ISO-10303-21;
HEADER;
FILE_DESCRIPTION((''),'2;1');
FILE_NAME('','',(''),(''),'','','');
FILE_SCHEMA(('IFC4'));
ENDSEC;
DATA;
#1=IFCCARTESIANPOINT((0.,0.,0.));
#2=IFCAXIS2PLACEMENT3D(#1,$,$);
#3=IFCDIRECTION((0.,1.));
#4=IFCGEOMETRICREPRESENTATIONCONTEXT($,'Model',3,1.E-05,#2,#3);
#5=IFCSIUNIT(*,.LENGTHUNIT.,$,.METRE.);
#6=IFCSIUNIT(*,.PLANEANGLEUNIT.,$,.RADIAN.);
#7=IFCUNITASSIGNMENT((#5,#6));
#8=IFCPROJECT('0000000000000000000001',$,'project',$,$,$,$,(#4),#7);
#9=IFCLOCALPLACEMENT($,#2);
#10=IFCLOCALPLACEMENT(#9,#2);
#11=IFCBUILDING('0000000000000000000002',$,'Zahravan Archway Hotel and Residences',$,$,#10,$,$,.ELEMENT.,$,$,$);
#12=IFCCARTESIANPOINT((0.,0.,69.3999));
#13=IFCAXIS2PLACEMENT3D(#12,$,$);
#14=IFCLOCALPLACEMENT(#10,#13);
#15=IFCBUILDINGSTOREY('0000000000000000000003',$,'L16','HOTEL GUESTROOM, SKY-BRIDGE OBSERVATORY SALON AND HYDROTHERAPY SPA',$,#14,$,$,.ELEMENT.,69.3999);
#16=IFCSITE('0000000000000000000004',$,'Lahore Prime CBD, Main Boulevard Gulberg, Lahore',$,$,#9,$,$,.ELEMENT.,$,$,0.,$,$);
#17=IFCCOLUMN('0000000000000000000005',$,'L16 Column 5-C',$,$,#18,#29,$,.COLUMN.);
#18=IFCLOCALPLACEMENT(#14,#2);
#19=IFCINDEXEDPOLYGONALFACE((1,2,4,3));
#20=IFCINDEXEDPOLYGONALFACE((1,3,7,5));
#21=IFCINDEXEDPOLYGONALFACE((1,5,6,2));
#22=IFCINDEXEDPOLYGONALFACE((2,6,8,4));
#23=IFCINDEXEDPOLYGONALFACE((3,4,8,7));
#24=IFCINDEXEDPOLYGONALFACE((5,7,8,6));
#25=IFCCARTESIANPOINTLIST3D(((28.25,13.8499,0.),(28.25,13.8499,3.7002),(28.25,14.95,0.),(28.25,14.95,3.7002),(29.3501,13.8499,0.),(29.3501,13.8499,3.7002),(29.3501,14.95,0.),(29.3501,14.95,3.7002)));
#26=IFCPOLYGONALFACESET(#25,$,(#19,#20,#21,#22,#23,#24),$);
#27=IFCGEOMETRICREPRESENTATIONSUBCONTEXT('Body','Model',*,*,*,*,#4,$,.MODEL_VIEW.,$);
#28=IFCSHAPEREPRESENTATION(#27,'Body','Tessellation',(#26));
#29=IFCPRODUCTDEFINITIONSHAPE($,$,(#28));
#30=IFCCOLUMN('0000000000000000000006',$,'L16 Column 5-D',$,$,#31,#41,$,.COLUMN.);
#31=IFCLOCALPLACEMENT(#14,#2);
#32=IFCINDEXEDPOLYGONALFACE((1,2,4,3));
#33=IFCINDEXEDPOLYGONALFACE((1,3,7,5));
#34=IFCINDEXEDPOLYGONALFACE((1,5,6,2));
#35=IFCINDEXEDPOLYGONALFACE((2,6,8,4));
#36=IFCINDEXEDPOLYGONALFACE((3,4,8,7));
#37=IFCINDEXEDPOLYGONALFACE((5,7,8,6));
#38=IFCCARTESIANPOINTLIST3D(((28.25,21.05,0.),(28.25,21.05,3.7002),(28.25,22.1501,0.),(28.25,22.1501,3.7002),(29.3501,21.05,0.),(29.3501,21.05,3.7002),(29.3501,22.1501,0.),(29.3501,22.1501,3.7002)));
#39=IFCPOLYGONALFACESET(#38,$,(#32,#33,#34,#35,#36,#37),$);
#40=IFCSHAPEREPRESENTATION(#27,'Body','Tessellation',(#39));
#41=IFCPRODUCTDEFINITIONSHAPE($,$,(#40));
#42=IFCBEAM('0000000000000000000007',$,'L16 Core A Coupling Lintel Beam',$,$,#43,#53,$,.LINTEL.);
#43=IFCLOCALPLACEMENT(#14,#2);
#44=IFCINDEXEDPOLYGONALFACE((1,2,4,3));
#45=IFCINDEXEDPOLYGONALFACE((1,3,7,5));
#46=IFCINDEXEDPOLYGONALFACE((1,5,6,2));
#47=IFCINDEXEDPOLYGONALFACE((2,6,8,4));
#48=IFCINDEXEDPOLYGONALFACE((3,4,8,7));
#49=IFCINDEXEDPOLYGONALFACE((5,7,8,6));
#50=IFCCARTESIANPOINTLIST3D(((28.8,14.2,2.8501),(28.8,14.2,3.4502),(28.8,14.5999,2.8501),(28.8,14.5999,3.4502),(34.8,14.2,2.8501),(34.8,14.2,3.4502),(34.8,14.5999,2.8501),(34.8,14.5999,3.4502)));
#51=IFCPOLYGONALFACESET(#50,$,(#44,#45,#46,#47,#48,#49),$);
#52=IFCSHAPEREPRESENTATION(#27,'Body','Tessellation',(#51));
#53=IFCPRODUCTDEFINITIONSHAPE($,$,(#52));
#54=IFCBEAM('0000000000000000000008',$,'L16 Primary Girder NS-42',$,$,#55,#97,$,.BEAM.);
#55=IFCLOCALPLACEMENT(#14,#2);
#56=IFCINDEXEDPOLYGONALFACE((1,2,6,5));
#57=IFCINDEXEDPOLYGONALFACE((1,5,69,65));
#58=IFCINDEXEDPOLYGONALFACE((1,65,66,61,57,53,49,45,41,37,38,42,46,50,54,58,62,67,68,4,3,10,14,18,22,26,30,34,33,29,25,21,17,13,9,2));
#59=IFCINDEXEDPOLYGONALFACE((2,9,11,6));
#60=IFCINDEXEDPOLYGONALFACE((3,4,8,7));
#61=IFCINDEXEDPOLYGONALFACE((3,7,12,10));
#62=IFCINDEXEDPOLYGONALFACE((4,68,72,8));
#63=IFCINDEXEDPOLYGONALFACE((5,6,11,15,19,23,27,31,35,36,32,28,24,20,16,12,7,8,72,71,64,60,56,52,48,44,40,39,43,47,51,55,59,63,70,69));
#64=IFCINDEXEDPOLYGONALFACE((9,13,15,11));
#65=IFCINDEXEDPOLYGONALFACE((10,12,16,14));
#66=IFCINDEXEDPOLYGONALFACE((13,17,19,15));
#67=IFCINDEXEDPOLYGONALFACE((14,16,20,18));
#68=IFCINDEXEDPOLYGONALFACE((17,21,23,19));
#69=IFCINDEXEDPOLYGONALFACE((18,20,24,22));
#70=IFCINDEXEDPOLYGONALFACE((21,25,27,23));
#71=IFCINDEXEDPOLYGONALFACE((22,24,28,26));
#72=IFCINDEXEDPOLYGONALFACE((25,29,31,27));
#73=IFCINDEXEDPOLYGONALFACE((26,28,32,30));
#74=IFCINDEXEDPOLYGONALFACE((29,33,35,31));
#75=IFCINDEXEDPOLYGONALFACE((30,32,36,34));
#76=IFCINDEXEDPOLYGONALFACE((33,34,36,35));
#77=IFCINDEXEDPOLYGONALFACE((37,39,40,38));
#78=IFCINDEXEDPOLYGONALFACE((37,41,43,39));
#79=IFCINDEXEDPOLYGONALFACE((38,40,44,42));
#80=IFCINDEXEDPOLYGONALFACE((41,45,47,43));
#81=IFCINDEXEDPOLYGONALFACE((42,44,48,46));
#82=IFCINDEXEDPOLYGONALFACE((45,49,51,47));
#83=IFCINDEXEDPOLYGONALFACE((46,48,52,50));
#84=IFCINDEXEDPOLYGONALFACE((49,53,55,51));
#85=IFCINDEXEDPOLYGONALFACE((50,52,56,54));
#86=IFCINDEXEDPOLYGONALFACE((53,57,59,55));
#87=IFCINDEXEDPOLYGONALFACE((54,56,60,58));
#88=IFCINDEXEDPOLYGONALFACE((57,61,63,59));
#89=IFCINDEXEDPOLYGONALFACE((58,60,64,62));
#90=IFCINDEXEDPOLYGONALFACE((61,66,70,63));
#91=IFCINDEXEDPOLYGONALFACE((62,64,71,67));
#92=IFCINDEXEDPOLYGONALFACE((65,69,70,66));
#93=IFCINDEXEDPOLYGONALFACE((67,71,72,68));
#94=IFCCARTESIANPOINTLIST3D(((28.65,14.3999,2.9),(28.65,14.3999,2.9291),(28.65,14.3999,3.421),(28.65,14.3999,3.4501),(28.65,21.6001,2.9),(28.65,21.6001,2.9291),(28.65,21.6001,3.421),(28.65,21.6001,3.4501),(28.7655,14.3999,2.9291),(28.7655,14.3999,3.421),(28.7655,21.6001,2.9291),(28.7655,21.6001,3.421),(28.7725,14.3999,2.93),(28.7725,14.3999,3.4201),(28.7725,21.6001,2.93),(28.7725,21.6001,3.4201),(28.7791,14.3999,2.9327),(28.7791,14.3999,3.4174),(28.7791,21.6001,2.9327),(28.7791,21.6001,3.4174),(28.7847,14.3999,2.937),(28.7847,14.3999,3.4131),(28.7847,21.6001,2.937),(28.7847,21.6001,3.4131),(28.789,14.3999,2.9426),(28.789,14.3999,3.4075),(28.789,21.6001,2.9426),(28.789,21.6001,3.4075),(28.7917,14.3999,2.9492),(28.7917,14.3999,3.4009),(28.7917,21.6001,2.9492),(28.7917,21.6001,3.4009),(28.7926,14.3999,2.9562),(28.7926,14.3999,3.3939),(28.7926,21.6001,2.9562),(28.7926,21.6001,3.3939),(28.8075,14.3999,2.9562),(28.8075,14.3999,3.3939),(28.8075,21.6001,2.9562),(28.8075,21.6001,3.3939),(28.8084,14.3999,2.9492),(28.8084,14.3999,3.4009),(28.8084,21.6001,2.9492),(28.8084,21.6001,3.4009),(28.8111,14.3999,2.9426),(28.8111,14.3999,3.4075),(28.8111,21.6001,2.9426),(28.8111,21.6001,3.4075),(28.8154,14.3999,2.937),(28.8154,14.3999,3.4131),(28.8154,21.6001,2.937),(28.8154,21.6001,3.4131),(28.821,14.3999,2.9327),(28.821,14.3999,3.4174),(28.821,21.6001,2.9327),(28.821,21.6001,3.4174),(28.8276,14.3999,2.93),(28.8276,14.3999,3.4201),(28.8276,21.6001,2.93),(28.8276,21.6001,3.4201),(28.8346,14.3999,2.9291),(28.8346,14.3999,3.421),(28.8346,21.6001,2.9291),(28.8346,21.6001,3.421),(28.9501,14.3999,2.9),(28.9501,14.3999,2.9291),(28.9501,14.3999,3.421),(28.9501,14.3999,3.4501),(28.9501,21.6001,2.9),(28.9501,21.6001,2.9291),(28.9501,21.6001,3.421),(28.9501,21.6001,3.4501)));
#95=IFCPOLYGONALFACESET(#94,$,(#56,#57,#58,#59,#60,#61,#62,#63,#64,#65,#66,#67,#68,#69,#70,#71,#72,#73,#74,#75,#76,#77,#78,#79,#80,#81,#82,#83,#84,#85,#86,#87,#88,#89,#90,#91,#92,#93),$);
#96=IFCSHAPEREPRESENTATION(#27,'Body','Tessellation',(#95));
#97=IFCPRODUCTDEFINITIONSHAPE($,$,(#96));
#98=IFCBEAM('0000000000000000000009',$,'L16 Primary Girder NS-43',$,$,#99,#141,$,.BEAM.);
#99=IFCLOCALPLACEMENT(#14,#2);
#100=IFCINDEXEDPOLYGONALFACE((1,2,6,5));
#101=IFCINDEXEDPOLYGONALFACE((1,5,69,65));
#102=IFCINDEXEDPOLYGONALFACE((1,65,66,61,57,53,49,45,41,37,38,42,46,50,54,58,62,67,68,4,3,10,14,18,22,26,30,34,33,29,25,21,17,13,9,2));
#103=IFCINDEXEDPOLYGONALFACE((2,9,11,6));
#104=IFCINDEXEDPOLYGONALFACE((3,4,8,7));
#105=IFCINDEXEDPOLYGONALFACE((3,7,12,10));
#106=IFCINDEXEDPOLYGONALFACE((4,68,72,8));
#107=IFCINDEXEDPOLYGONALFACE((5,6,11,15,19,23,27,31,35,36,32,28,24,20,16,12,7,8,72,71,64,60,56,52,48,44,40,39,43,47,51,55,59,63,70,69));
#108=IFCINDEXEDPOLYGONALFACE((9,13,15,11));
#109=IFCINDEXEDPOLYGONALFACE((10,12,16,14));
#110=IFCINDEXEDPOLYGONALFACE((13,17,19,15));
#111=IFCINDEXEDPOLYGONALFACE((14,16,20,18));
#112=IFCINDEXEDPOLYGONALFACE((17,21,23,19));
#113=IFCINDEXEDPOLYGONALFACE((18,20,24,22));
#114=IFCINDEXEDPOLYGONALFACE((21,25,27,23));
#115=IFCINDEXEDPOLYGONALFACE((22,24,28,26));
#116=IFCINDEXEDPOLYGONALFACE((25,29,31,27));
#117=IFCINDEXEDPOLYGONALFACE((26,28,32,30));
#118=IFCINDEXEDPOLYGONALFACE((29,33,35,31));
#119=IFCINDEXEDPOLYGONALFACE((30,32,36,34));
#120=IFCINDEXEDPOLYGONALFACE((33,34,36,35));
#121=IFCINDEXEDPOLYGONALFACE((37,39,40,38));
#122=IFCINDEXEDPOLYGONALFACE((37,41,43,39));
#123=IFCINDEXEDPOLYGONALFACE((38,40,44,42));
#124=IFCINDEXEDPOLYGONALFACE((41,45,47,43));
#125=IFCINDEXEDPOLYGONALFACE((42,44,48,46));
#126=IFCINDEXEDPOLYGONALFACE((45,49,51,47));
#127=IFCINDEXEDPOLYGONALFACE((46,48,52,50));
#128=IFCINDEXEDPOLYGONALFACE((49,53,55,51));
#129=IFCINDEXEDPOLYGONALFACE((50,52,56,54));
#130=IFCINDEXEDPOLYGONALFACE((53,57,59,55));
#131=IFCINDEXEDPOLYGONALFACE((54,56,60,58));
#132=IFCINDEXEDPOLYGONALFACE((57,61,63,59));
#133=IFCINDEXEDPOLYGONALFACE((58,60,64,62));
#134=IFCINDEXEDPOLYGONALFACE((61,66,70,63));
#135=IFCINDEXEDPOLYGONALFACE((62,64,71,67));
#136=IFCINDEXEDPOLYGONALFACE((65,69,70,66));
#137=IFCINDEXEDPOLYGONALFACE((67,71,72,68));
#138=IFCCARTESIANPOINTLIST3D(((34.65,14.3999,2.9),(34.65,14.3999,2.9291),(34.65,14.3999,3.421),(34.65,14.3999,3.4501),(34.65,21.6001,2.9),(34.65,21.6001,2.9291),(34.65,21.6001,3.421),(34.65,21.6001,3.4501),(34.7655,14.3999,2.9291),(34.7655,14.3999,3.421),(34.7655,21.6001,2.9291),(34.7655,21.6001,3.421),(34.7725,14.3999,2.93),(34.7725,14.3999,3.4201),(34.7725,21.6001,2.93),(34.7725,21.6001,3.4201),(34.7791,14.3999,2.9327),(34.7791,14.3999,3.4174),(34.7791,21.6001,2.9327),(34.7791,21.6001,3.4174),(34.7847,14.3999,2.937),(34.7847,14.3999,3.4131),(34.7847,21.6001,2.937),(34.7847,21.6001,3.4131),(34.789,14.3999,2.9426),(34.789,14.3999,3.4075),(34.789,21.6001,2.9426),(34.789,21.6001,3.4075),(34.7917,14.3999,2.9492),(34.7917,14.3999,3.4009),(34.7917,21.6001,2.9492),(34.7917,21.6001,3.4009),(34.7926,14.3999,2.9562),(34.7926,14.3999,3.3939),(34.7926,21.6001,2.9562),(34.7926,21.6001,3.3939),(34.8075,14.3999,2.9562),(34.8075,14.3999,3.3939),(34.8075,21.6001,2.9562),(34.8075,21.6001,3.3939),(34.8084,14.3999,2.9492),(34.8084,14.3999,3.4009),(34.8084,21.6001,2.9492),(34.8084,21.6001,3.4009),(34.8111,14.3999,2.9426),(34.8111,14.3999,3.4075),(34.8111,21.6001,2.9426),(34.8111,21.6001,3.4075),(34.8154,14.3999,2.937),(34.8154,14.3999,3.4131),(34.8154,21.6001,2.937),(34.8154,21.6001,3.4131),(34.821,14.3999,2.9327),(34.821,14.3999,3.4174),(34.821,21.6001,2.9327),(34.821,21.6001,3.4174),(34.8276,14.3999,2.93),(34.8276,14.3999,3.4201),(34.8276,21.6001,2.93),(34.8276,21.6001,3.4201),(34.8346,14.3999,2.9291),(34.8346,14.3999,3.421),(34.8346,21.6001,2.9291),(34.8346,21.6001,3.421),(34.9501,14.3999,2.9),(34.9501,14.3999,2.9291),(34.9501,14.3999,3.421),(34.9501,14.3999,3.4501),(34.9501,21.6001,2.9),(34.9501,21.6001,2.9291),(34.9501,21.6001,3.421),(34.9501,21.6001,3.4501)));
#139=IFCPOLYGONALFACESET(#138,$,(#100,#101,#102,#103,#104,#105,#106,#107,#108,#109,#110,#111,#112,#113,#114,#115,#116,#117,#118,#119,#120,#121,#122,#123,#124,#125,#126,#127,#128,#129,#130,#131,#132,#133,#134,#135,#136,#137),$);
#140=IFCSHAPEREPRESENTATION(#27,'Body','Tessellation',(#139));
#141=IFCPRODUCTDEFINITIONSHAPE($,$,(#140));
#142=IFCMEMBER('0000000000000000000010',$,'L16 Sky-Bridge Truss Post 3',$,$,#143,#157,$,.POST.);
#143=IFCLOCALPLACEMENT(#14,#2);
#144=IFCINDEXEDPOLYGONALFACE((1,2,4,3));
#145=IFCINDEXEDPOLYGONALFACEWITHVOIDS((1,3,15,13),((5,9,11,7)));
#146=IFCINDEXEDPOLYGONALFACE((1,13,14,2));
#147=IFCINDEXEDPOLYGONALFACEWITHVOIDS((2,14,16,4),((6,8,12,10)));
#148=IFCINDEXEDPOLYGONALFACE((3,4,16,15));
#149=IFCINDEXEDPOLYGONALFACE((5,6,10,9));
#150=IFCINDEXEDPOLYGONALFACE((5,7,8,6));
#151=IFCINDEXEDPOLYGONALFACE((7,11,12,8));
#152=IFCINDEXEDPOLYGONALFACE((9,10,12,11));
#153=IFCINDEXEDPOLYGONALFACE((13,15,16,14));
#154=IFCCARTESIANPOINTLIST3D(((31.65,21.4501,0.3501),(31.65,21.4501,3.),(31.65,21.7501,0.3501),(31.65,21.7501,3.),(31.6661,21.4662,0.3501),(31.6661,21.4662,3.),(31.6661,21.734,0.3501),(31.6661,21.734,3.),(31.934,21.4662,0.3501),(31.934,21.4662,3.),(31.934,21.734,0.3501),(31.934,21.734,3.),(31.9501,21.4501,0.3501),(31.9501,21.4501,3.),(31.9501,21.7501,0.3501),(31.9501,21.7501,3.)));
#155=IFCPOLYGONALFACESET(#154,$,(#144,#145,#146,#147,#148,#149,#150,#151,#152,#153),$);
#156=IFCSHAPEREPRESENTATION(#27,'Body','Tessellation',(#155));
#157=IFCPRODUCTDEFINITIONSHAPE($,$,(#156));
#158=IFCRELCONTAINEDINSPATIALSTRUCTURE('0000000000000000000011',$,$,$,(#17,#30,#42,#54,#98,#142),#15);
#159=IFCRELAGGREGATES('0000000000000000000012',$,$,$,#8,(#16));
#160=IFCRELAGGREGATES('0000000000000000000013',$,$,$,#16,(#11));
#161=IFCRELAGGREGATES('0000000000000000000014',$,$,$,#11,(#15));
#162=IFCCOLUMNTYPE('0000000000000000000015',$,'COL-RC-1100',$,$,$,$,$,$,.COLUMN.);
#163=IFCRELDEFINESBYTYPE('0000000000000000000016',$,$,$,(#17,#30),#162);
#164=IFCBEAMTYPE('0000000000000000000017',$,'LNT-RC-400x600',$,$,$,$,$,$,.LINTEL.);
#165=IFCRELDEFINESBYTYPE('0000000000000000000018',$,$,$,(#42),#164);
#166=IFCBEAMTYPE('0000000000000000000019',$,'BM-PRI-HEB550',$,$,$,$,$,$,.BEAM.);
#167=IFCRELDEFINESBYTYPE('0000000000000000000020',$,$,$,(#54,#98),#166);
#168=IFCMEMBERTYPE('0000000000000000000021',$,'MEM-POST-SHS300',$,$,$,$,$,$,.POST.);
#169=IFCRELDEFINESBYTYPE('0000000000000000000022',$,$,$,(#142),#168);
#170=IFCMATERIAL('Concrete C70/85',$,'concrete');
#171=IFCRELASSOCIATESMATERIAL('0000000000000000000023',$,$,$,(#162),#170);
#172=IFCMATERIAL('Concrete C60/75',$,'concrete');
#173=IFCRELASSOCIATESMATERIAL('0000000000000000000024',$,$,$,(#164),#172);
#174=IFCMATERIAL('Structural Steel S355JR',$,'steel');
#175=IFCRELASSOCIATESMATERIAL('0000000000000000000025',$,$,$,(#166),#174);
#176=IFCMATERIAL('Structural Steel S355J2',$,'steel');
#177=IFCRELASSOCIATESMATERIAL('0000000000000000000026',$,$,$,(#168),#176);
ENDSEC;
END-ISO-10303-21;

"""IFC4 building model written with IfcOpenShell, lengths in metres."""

from ifc_helpers import new_model, si_unit, direction, frame, origin, origin_2d, place, context, subcontext, project, spatial, rectangle, hollow_rectangle, i_section, extrude, source, transform, mapped, material, material_profile, profile_set, type_object, type_shapes, element, save


model = new_model("IFC4")

# Units and contexts
model_context = context("Model", 3, precision=1e-05, world=origin(), true_north=direction((0.0, 1.0)))
body_context = subcontext(model_context, "Body", "Model", "MODEL_VIEW")
ifc_project = project(units=[si_unit("LENGTHUNIT", "METRE"), si_unit("PLANEANGLEUNIT", "RADIAN")], contexts=[model_context])

# Site, building, storey
site_placement = place(None, origin())
site = spatial("IfcSite", under=ifc_project, at=site_placement, Name="Lahore Prime CBD, Main Boulevard Gulberg, Lahore", CompositionType="ELEMENT", RefElevation=0.0)
building_placement = place(site_placement, origin())
building = spatial("IfcBuilding", under=site, at=building_placement, Name="Zahravan Archway Hotel and Residences", CompositionType="ELEMENT")
storey_placement = place(building_placement, frame((0.0, 0.0, 69.3999)))
storey = spatial("IfcBuildingStorey", under=building, at=storey_placement, Name="L16", Description="HOTEL GUESTROOM, SKY-BRIDGE OBSERVATORY SALON AND HYDROTHERAPY SPA", CompositionType="ELEMENT", Elevation=69.3999)

# Columns
ifc_material_1 = material(Name="Concrete C70/85", Category="concrete")
ifc_material_profile_1 = material_profile(ifc_material_1, rectangle(XDim=1.1001, YDim=1.1001, at=origin_2d()), Name="RC 1100x1100", Category="concrete")
ifc_profile_set_1 = profile_set([ifc_material_profile_1], Name="Concrete C70/85")
column_type = type_object("IfcColumnType", Name="COL-RC-1100", PredefinedType="COLUMN", material=ifc_profile_set_1)
shared_shape_1 = source(origin(), body_context, "Body", "SweptSolid", [
    extrude(rectangle(XDim=1.1001, YDim=1.1001, at=origin_2d()), origin(), (0.0, 0.0, 1.0), 3.7002),
])
for number, where, z_axis, x_axis, name in (
    (1, (28.8, 14.3999, 0.0), (0.0, 0.0, 1.0), (1.0, 0.0, 0.0), "L16 Column 5-C"),
    (2, (28.8, 21.6001, 0.0), (0.0, 0.0, 1.0), (1.0, 0.0, 0.0), "L16 Column 5-D"),
):
    element("IfcColumn", number, at=place(storey_placement, frame(where, z_axis=z_axis, x_axis=x_axis)), inside=storey, type_object=column_type, Name=name, PredefinedType="COLUMN", context=body_context, shape_type="MappedRepresentation", body=[
        mapped(shared_shape_1, transform((0.0, 0.0, 0.0), scale=1.0)),
    ])

# Beams
ifc_material_2 = material(Name="Concrete C60/75", Category="concrete")
ifc_material_profile_2 = material_profile(ifc_material_2, rectangle(XDim=0.3999, YDim=0.6001, at=origin_2d()), Name="RC-LNT-400x600", Category="concrete")
ifc_profile_set_2 = profile_set([ifc_material_profile_2], Name="Concrete C60/75")
beam_type_1 = type_object("IfcBeamType", Name="LNT-RC-400x600", PredefinedType="LINTEL", material=ifc_profile_set_2)
shared_shape_2 = source(origin(), body_context, "Body", "SweptSolid", [
    extrude(rectangle(XDim=0.3999, YDim=0.6001, at=origin_2d()), origin(), (0.0, 0.0, 1.0), 6.0),
])
type_shapes(beam_type_1, [shared_shape_2])
beam_placement = place(storey_placement, frame((28.8, 14.3999, 3.1501), z_axis=(1.0, 0.0, 0.0), x_axis=(0.0, 1.0, 0.0)))
element("IfcBeam", 3, at=beam_placement, inside=storey, type_object=beam_type_1, Name="L16 Core A Coupling Lintel Beam", PredefinedType="LINTEL", context=body_context, shape_type="MappedRepresentation", body=[
    mapped(shared_shape_2, transform((0.0, 0.0, 0.0), scale=1.0)),
])
ifc_material_3 = material(Name="Structural Steel S355JR", Category="steel")
ifc_material_profile_3 = material_profile(ifc_material_3, i_section(OverallWidth=0.3, OverallDepth=0.55, WebThickness=0.0149, FlangeThickness=0.0291, FilletRadius=0.0271, at=origin_2d()), Name="HEB 550", Category="steel")
ifc_profile_set_3 = profile_set([ifc_material_profile_3], Name="Structural Steel S355JR")
beam_type_2 = type_object("IfcBeamType", Name="BM-PRI-HEB550", PredefinedType="BEAM", material=ifc_profile_set_3)
shared_shape_3 = source(origin(), body_context, "Body", "SweptSolid", [
    extrude(i_section(OverallWidth=0.3, OverallDepth=0.55, WebThickness=0.0149, FlangeThickness=0.0291, FilletRadius=0.0271, at=origin_2d()), origin(), (0.0, 0.0, 1.0), 7.2002),
])
type_shapes(beam_type_2, [shared_shape_3])
for number, where, z_axis, x_axis, name in (
    (4, (28.8, 14.3999, 3.175), (0.0, 1.0, 0.0), (-1.0, 0.0, 0.0), "L16 Primary Girder NS-42"),
    (5, (34.8, 14.3999, 3.175), (0.0, 1.0, 0.0), (-1.0, 0.0, 0.0), "L16 Primary Girder NS-43"),
):
    element("IfcBeam", number, at=place(storey_placement, frame(where, z_axis=z_axis, x_axis=x_axis)), inside=storey, type_object=beam_type_2, Name=name, PredefinedType="BEAM", context=body_context, shape_type="MappedRepresentation", body=[
        mapped(shared_shape_3, transform((0.0, 0.0, 0.0), scale=1.0)),
    ])

# Member
ifc_material_4 = material(Name="Structural Steel S355J2", Category="steel")
ifc_material_profile_4 = material_profile(ifc_material_4, hollow_rectangle(XDim=0.3, YDim=0.3, WallThickness=0.0161, at=origin_2d()), Name="SHS 300x300x16", Category="steel")
ifc_profile_set_4 = profile_set([ifc_material_profile_4], Name="Structural Steel S355J2")
member_type_1 = type_object("IfcMemberType", Name="MEM-POST-SHS300", PredefinedType="POST", material=ifc_profile_set_4)
shared_shape_4 = source(origin(), body_context, "Body", "SweptSolid", [
    extrude(hollow_rectangle(XDim=0.3, YDim=0.3, WallThickness=0.0161, at=origin_2d()), origin(), (0.0, 0.0, 1.0), 2.6499),
])
type_shapes(member_type_1, [shared_shape_4])
member_1_placement = place(storey_placement, frame((31.8, 21.6001, 0.3501), z_axis=(0.0, 0.0, 1.0), x_axis=(1.0, 0.0, 0.0)))
element("IfcMember", 6, at=member_1_placement, inside=storey, type_object=member_type_1, Name="L16 Sky-Bridge Truss Post 3", PredefinedType="POST", context=body_context, shape_type="MappedRepresentation", body=[
    mapped(shared_shape_4, transform((0.0, 0.0, 0.0), scale=1.0)),
])

save(model, "model.ifc")
